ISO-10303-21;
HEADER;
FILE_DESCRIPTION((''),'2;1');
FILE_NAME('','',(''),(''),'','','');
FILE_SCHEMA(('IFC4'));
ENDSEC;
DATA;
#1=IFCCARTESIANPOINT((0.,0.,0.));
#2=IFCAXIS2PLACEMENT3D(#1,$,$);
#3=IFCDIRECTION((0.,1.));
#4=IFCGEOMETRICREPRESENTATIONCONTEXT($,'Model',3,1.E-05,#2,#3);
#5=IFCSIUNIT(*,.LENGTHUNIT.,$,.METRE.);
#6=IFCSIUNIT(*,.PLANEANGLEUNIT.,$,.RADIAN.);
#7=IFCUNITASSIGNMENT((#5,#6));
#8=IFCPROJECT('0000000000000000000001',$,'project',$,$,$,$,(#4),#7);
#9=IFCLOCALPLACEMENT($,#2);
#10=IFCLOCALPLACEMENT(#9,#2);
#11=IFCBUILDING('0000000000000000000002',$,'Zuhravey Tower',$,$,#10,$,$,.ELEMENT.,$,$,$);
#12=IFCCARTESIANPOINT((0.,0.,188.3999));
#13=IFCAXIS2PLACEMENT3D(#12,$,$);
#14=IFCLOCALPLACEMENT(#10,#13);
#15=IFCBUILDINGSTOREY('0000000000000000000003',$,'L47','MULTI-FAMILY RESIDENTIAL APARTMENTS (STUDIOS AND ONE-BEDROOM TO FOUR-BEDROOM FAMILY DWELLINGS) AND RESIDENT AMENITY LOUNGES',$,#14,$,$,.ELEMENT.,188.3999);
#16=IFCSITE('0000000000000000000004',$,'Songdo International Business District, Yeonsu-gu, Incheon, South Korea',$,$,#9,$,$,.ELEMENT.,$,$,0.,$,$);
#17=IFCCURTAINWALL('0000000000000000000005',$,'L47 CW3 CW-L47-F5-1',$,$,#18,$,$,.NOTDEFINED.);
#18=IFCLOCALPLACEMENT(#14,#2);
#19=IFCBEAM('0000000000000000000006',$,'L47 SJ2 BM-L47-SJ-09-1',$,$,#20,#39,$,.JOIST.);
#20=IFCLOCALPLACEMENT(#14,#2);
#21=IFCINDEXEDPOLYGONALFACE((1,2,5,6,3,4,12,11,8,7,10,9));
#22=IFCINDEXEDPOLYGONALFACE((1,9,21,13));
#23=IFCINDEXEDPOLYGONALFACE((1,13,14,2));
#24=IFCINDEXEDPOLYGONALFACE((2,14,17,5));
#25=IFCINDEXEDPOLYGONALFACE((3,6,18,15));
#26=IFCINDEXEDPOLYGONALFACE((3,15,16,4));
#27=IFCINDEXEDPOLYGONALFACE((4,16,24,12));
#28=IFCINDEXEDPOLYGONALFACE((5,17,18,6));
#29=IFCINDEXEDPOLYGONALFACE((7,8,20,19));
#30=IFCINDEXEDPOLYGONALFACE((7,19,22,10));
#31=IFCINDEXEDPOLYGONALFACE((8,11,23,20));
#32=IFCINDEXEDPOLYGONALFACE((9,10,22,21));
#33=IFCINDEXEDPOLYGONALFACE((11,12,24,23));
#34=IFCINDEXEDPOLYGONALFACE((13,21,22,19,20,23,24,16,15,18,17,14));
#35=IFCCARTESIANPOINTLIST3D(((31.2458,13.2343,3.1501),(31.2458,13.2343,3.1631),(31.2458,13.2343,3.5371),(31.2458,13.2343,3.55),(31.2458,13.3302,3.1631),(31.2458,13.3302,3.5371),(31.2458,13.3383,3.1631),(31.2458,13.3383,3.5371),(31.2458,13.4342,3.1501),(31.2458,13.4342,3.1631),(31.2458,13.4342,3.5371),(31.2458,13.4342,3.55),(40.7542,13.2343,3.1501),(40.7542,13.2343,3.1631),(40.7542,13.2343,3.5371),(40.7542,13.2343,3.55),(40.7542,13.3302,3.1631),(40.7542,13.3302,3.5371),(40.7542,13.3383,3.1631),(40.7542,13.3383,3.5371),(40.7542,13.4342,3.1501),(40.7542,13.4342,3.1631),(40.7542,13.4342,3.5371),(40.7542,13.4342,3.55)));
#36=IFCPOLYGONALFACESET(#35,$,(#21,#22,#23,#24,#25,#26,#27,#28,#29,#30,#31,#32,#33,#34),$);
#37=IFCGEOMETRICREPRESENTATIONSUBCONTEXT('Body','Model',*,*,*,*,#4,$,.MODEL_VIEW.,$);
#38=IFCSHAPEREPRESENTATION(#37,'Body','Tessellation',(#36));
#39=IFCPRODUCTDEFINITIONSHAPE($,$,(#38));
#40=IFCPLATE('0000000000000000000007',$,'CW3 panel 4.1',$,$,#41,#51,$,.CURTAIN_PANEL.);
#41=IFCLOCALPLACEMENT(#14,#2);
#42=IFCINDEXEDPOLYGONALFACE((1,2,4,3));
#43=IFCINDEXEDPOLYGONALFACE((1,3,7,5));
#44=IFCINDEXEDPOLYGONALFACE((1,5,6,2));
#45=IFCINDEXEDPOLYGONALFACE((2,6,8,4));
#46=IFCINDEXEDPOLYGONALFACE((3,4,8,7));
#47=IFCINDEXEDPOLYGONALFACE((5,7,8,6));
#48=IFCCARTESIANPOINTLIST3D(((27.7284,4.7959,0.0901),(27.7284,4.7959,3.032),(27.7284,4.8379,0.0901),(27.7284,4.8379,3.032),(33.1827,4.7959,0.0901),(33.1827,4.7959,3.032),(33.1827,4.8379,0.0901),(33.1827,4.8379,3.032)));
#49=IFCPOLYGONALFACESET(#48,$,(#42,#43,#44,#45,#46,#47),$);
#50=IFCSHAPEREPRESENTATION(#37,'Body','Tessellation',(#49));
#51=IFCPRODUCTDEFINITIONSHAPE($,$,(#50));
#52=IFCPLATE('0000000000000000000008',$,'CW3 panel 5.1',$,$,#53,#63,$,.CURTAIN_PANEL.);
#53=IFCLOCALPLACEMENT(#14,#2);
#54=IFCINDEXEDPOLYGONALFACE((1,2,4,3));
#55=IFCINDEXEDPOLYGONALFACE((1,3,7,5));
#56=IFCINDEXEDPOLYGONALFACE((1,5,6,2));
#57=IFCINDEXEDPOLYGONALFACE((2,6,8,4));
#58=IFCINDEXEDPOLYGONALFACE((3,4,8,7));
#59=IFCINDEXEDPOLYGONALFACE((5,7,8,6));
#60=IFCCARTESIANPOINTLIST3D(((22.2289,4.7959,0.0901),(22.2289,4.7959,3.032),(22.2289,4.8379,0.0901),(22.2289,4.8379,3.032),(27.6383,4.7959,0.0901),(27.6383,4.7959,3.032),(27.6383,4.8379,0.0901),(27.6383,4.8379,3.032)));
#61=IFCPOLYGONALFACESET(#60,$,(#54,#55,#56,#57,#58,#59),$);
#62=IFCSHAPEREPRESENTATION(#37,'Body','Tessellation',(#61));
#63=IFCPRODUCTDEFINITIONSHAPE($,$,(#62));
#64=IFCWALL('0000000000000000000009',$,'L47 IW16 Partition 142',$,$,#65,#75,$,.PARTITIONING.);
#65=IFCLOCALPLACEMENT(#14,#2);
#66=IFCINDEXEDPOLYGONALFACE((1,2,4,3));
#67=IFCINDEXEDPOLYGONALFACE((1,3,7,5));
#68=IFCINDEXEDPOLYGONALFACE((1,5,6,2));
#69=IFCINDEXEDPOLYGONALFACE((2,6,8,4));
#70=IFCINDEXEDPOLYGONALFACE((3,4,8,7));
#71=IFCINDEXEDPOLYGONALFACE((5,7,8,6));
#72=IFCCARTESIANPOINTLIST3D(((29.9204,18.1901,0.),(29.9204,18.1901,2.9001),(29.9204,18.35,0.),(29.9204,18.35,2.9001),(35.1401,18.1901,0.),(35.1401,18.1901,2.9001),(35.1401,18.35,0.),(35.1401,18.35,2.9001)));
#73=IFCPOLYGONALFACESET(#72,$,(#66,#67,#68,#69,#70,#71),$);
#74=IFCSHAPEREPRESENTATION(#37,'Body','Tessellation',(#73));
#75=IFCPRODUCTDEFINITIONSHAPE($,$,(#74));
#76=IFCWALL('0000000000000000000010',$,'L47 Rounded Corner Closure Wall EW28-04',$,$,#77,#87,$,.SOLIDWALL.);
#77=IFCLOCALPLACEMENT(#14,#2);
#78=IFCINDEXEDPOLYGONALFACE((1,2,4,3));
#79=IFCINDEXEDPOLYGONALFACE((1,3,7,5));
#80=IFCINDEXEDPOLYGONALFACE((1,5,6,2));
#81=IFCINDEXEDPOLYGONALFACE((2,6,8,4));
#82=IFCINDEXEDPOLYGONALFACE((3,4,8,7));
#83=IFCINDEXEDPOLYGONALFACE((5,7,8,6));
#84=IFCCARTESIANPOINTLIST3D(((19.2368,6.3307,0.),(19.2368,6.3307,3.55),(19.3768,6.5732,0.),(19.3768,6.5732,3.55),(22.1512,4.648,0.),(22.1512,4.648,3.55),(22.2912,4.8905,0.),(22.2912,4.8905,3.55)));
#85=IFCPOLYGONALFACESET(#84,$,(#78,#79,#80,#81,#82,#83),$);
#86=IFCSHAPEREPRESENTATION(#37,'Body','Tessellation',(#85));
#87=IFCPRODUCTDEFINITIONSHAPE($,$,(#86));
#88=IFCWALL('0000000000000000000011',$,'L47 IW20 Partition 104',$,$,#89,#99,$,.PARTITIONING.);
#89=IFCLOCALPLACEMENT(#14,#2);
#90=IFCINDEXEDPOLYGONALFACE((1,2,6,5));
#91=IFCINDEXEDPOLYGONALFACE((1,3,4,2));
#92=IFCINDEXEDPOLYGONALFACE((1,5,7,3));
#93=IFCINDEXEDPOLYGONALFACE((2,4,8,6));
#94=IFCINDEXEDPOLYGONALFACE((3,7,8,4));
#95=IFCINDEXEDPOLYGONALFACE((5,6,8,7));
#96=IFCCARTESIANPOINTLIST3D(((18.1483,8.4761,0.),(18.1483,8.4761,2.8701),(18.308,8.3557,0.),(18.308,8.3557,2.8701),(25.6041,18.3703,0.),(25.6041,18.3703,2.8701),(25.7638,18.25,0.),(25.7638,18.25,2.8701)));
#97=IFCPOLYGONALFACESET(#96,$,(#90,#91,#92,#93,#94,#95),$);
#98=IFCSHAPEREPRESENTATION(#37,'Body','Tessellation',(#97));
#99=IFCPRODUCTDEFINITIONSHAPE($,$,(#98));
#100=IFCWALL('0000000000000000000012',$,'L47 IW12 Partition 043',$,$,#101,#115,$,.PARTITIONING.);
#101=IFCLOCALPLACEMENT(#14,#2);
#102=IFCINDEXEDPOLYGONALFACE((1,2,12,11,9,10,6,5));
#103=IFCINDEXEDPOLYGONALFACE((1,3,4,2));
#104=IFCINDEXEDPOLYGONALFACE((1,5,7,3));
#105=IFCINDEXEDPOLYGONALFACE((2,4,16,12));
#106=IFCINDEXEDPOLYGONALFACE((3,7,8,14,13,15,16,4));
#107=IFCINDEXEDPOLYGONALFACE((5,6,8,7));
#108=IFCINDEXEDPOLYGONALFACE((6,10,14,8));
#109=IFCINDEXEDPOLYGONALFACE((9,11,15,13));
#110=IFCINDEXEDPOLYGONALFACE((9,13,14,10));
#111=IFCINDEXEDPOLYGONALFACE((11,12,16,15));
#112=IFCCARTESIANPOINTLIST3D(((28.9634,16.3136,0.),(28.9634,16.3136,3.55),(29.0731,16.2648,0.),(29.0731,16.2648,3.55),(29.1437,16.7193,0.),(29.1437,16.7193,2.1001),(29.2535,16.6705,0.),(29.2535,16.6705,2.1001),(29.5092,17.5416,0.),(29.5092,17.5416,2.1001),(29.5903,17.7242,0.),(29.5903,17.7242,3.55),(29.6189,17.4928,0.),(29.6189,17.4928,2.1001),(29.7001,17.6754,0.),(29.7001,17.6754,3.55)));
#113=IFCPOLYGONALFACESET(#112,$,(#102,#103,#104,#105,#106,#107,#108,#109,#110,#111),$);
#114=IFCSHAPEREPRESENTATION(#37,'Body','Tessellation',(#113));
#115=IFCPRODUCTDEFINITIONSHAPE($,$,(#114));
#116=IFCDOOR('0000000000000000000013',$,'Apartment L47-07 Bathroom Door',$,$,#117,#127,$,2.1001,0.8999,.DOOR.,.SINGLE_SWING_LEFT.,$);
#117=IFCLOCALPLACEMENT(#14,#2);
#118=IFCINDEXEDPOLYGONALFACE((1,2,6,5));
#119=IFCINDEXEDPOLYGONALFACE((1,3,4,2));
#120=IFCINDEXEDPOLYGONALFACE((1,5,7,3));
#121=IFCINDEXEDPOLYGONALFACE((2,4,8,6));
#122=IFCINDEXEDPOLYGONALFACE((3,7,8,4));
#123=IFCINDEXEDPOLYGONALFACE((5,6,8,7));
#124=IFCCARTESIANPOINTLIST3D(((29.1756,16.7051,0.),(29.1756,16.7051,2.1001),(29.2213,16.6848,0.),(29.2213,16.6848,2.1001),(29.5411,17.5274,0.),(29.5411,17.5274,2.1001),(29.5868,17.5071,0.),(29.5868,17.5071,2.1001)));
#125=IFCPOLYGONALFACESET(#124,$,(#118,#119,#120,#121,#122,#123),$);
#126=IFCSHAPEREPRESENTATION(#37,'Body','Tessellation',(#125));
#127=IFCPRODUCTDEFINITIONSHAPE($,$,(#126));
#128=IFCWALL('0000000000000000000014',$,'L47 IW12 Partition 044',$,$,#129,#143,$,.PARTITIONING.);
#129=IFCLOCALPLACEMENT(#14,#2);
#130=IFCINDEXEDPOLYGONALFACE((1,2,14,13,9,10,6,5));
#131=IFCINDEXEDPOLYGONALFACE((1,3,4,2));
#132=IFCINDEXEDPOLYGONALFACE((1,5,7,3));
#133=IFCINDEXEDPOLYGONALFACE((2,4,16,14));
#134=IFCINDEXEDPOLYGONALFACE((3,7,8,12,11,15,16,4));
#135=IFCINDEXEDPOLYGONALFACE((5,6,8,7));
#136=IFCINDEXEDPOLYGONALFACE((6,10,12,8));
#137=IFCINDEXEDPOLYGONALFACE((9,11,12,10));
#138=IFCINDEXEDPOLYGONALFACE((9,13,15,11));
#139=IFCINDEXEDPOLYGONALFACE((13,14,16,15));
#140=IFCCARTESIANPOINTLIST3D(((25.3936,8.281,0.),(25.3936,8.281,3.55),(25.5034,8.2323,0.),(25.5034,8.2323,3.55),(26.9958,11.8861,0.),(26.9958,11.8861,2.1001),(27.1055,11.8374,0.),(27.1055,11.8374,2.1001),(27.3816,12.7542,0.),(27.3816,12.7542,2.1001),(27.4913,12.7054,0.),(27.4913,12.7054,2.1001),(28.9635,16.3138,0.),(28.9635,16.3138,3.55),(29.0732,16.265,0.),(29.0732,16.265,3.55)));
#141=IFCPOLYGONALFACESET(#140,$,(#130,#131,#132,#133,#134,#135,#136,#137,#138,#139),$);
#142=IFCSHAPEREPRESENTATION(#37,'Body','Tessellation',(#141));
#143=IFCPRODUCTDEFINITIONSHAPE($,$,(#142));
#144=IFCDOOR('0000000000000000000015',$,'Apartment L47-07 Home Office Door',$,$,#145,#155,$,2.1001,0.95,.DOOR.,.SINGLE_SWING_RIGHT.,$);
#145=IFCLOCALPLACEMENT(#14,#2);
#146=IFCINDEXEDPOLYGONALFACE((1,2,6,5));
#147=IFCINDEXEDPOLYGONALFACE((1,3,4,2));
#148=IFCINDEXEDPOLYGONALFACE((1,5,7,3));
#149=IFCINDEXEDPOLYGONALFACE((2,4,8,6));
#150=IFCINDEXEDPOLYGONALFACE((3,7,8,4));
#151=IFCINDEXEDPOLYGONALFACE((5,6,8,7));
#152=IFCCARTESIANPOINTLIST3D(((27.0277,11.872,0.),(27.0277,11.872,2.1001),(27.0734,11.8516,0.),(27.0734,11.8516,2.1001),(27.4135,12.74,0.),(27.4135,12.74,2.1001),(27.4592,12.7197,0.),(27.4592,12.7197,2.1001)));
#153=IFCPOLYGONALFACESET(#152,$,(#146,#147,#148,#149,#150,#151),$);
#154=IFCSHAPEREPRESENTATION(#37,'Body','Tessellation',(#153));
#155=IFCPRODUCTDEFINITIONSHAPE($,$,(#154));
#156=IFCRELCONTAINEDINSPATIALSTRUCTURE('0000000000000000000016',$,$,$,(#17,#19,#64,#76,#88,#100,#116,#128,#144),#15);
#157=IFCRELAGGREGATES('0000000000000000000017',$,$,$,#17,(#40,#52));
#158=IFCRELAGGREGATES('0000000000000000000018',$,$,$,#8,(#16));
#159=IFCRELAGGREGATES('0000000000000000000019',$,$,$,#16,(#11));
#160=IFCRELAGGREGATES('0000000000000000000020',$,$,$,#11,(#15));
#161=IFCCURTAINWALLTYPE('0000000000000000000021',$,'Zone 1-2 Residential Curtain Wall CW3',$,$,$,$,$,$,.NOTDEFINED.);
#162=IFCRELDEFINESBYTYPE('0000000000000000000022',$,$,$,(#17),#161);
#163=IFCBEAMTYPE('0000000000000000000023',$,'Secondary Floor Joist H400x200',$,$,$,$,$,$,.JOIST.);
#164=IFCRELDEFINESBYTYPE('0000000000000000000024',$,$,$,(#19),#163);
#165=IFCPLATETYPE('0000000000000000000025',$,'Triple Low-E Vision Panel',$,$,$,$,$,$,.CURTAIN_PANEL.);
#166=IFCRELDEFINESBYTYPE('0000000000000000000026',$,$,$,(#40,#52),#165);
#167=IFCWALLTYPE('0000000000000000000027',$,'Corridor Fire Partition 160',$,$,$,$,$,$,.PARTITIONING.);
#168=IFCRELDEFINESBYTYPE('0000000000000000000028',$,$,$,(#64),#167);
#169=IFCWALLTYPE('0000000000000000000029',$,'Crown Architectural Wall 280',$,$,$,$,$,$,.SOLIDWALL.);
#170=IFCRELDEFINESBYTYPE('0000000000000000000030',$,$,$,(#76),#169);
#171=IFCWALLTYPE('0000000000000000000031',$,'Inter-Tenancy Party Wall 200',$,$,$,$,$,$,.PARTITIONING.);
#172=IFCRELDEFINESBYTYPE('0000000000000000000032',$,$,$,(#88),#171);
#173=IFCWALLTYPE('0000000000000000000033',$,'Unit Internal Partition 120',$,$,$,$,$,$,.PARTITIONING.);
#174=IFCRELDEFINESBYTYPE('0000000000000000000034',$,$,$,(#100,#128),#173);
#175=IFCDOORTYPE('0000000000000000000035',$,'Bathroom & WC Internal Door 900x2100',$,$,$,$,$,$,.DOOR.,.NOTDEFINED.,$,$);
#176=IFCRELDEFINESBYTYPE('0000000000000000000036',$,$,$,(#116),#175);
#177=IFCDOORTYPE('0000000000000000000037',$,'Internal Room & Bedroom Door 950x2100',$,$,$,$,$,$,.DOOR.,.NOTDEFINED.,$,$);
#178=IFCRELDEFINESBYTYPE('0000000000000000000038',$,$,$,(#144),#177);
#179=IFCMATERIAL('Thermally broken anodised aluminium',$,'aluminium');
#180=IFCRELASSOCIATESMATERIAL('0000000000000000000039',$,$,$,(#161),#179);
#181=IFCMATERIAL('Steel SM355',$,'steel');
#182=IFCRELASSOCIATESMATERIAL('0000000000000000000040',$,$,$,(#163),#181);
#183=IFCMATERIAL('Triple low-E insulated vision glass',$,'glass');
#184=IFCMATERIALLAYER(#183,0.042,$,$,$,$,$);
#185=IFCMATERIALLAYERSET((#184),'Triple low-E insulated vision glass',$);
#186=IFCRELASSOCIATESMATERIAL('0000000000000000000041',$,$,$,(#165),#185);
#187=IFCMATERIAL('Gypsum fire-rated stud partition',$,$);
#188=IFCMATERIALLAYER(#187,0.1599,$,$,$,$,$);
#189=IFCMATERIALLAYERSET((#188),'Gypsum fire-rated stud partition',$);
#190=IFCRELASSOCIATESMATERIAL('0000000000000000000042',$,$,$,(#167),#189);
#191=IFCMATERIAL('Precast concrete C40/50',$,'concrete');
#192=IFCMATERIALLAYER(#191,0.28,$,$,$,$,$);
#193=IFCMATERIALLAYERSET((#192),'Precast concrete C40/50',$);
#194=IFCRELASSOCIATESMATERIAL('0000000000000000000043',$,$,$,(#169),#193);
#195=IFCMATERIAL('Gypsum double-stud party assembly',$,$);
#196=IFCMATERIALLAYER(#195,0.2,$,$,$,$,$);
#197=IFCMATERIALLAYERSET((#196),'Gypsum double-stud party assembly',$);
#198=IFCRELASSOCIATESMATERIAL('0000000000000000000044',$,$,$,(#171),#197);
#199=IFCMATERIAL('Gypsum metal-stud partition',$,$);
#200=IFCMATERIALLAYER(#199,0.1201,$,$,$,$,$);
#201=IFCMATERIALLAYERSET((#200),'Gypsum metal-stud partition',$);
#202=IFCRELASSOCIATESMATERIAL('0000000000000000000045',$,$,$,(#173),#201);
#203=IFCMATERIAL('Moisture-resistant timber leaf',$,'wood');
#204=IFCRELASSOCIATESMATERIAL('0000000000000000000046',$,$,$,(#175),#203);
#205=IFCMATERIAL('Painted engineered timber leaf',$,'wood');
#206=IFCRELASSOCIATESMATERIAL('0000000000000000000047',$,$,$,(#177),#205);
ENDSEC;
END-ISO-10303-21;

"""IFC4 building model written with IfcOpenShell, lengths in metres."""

from ifc_helpers import new_model, si_unit, direction, frame, frame_2d, origin, origin_2d, place, context, subcontext, project, spatial, rectangle, i_section, extrude, material, layer, layer_set, material_profile, profile_set, type_object, element, fill, aggregate, save


model = new_model("IFC4")

# Units and contexts
model_context = context("Model", 3, precision=1e-05, world=origin(), true_north=direction((0.0, 1.0)))
body_context = subcontext(model_context, "Body", "Model", "MODEL_VIEW")
ifc_project = project(units=[si_unit("LENGTHUNIT", "METRE"), si_unit("PLANEANGLEUNIT", "RADIAN")], contexts=[model_context])

# Site, building, storey
site_placement = place(None, origin())
site = spatial("IfcSite", under=ifc_project, at=site_placement, Name="Songdo International Business District, Yeonsu-gu, Incheon, South Korea", CompositionType="ELEMENT", RefElevation=0.0)
building_placement = place(site_placement, origin())
building = spatial("IfcBuilding", under=site, at=building_placement, Name="Zuhravey Tower", CompositionType="ELEMENT")
storey_placement = place(building_placement, frame((0.0, 0.0, 188.3999)))
storey = spatial("IfcBuildingStorey", under=building, at=storey_placement, Name="L47", Description="MULTI-FAMILY RESIDENTIAL APARTMENTS (STUDIOS AND ONE-BEDROOM TO FOUR-BEDROOM FAMILY DWELLINGS) AND RESIDENT AMENITY LOUNGES", CompositionType="ELEMENT", Elevation=188.3999)

# Curtain wall
ifc_material_1 = material(Name="Thermally broken anodised aluminium", Category="aluminium")
curtain_wall_type = type_object("IfcCurtainWallType", Name="Zone 1-2 Residential Curtain Wall CW3", PredefinedType="NOTDEFINED", material=ifc_material_1)
curtain_wall_placement = place(storey_placement, origin())
curtain_wall = element("IfcCurtainWall", 1, at=curtain_wall_placement, inside=storey, type_object=curtain_wall_type, Name="L47 CW3 CW-L47-F5-1", PredefinedType="NOTDEFINED")

# Beam
ifc_material_2 = material(Name="Steel SM355", Category="steel")
ifc_material_profile_1 = material_profile(ifc_material_2, i_section(OverallWidth=0.2, OverallDepth=0.3999, WebThickness=0.0081, FlangeThickness=0.0129, at=origin_2d()), Name="H-400x200x8x13")
ifc_profile_set_1 = profile_set([ifc_material_profile_1], Name="Steel SM355")
beam_type_1 = type_object("IfcBeamType", Name="Secondary Floor Joist H400x200", PredefinedType="JOIST", material=ifc_profile_set_1)
beam_1_placement = place(storey_placement, frame((31.2458, 13.3342, 3.3501), z_axis=(1.0, 0.0, 0.0), x_axis=(0.0, 1.0, 0.0)))
element("IfcBeam", 2, at=beam_1_placement, inside=storey, type_object=beam_type_1, Name="L47 SJ2 BM-L47-SJ-09-1", PredefinedType="JOIST", context=body_context, shape_type="SweptSolid", body=[
    extrude(i_section(OverallWidth=0.2, OverallDepth=0.3999, WebThickness=0.0081, FlangeThickness=0.0129, at=origin_2d()), origin(), (0.0, 0.0, 1.0), 9.5083),
])

# Plates
ifc_material_3 = material(Name="Triple low-E insulated vision glass", Category="glass")
ifc_layer_1 = layer(ifc_material_3, 0.042)
ifc_layer_set_1 = layer_set([ifc_layer_1], Name="Triple low-E insulated vision glass")
plate_type = type_object("IfcPlateType", Name="Triple Low-E Vision Panel", PredefinedType="CURTAIN_PANEL", material=ifc_layer_set_1)
plate_1_placement = place(storey_placement, frame((30.4556, 4.8169, 0.0901), z_axis=(0.0, 0.0, 1.0), x_axis=(-1.0, 0.0, 0.0)))
plate_1 = element("IfcPlate", 3, at=plate_1_placement, type_object=plate_type, Name="CW3 panel 4.1", PredefinedType="CURTAIN_PANEL", context=body_context, shape_type="SweptSolid", body=[
    extrude(rectangle(XDim=5.4543, YDim=0.042, at=origin_2d()), origin(), (0.0, 0.0, 1.0), 2.9419),
])
plate_2_placement = place(storey_placement, frame((24.9336, 4.8169, 0.0901), z_axis=(0.0, 0.0, 1.0), x_axis=(-1.0, 0.0, 0.0)))
plate_2 = element("IfcPlate", 4, at=plate_2_placement, type_object=plate_type, Name="CW3 panel 5.1", PredefinedType="CURTAIN_PANEL", context=body_context, shape_type="SweptSolid", body=[
    extrude(rectangle(XDim=5.4094, YDim=0.042, at=origin_2d()), origin(), (0.0, 0.0, 1.0), 2.9419),
])
aggregate(curtain_wall, [plate_1, plate_2])

# Shared definitions
ifc_material_4 = material(Name="Gypsum fire-rated stud partition")
ifc_layer_2 = layer(ifc_material_4, 0.1599)
ifc_layer_set_2 = layer_set([ifc_layer_2], Name="Gypsum fire-rated stud partition")
wall_type_1 = type_object("IfcWallType", Name="Corridor Fire Partition 160", PredefinedType="PARTITIONING", material=ifc_layer_set_2)

# Walls
wall_1_placement = place(storey_placement, frame((29.9204, 18.27, 0.0), z_axis=(0.0, 0.0, 1.0), x_axis=(1.0, 0.0, 0.0)))
element("IfcWall", 5, at=wall_1_placement, inside=storey, type_object=wall_type_1, Name="L47 IW16 Partition 142", PredefinedType="PARTITIONING", context=body_context, shape_type="SweptSolid", body=[
    extrude(rectangle(XDim=5.2197, YDim=0.1599, at=frame_2d((2.6099, 0.0))), origin(), (0.0, 0.0, 1.0), 2.9001),
])
ifc_material_5 = material(Name="Precast concrete C40/50", Category="concrete")
ifc_layer_3 = layer(ifc_material_5, 0.28)
ifc_layer_set_3 = layer_set([ifc_layer_3], Name="Precast concrete C40/50")
wall_type_2 = type_object("IfcWallType", Name="Crown Architectural Wall 280", PredefinedType="SOLIDWALL", material=ifc_layer_set_3)
wall_2_placement = place(storey_placement, frame((22.2212, 4.7693, 0.0), z_axis=(0.0, 0.0, 1.0), x_axis=(-0.86602, 0.500009, 0.0)))
element("IfcWall", 6, at=wall_2_placement, inside=storey, type_object=wall_type_2, Name="L47 Rounded Corner Closure Wall EW28-04", PredefinedType="SOLIDWALL", context=body_context, shape_type="SweptSolid", body=[
    extrude(rectangle(XDim=3.3652, YDim=0.28, at=frame_2d((1.6826, 0.0))), origin(), (0.0, 0.0, 1.0), 3.55),
])
ifc_material_6 = material(Name="Gypsum double-stud party assembly")
ifc_layer_4 = layer(ifc_material_6, 0.2)
ifc_layer_set_4 = layer_set([ifc_layer_4], Name="Gypsum double-stud party assembly")
wall_type_3 = type_object("IfcWallType", Name="Inter-Tenancy Party Wall 200", PredefinedType="PARTITIONING", material=ifc_layer_set_4)
wall_3_placement = place(storey_placement, frame((25.6838, 18.3101, 0.0), z_axis=(0.0, 0.0, 1.0), x_axis=(-0.601811, -0.798638, 0.0)))
element("IfcWall", 7, at=wall_3_placement, inside=storey, type_object=wall_type_3, Name="L47 IW20 Partition 104", PredefinedType="PARTITIONING", context=body_context, shape_type="SweptSolid", body=[
    extrude(rectangle(XDim=12.3889, YDim=0.2, at=frame_2d((6.1943, 0.0))), origin(), (0.0, 0.0, 1.0), 2.8701),
])

# Walls, openings, doors
ifc_material_7 = material(Name="Gypsum metal-stud partition")
ifc_layer_5 = layer(ifc_material_7, 0.1201)
ifc_layer_set_5 = layer_set([ifc_layer_5], Name="Gypsum metal-stud partition")
wall_type_4 = type_object("IfcWallType", Name="Unit Internal Partition 120", PredefinedType="PARTITIONING", material=ifc_layer_set_5)
wall_4_placement = place(storey_placement, frame((29.6453, 17.7, 0.0), z_axis=(0.0, 0.0, 1.0), x_axis=(-0.406138, -0.913812, 0.0)))
wall_4 = element("IfcWall", 8, at=wall_4_placement, inside=storey, type_object=wall_type_4, Name="L47 IW12 Partition 043", PredefinedType="PARTITIONING", context=body_context, shape_type="SweptSolid", body=[
    extrude(rectangle(XDim=1.5437, YDim=0.1201, at=frame_2d((0.772, 0.0))), origin(), (0.0, 0.0, 1.0), 3.55),
])
opening_1_placement = place(wall_4_placement, frame((0.2, 0.0, 0.0)))
opening_1 = element("IfcOpeningElement", 9, at=opening_1_placement, cuts=wall_4, PredefinedType="OPENING", context=body_context, shape_type="SweptSolid", body=[
    extrude(rectangle(XDim=0.8999, YDim=2.1001, at=frame_2d((0.45, 1.05))), frame((0.0, 0.072, 0.0), z_axis=(0.0, -1.0, 0.0), x_axis=(1.0, 0.0, 0.0)), (0.0, 0.0, 1.0), 0.144),
])
ifc_material_8 = material(Name="Moisture-resistant timber leaf", Category="wood")
door_type_1 = type_object("IfcDoorType", Name="Bathroom & WC Internal Door 900x2100", OperationType="NOTDEFINED", PredefinedType="DOOR", material=ifc_material_8)
door_1_placement = place(opening_1_placement, origin())
door_1 = element("IfcDoor", 10, at=door_1_placement, inside=storey, type_object=door_type_1, Name="Apartment L47-07 Bathroom Door", OperationType="SINGLE_SWING_LEFT", OverallHeight=2.1001, OverallWidth=0.8999, PredefinedType="DOOR", context=body_context, shape_type="SweptSolid", body=[
    extrude(rectangle(XDim=0.8999, YDim=2.1001, at=frame_2d((0.45, 1.05))), frame((0.0, 0.0249, 0.0), z_axis=(0.0, -1.0, 0.0), x_axis=(1.0, 0.0, 0.0)), (0.0, 0.0, 1.0), 0.05),
])
fill(opening_1, door_1)
wall_5_placement = place(storey_placement, frame((29.0183, 16.2893, 0.0), z_axis=(0.0, 0.0, 1.0), x_axis=(-0.406113, -0.913823, 0.0)))
wall_5 = element("IfcWall", 11, at=wall_5_placement, inside=storey, type_object=wall_type_4, Name="L47 IW12 Partition 044", PredefinedType="PARTITIONING", context=body_context, shape_type="SweptSolid", body=[
    extrude(rectangle(XDim=8.7903, YDim=0.1201, at=frame_2d((4.395, 0.0))), origin(), (0.0, 0.0, 1.0), 3.55),
])
opening_2_placement = place(wall_5_placement, frame((3.895, 0.0, 0.0)))
opening_2 = element("IfcOpeningElement", 12, at=opening_2_placement, cuts=wall_5, PredefinedType="OPENING", context=body_context, shape_type="SweptSolid", body=[
    extrude(rectangle(XDim=0.95, YDim=2.1001, at=frame_2d((0.4751, 1.05))), frame((0.0, 0.072, 0.0), z_axis=(0.0, -1.0, 0.0), x_axis=(1.0, 0.0, 0.0)), (0.0, 0.0, 1.0), 0.144),
])
ifc_material_9 = material(Name="Painted engineered timber leaf", Category="wood")
door_type_2 = type_object("IfcDoorType", Name="Internal Room & Bedroom Door 950x2100", OperationType="NOTDEFINED", PredefinedType="DOOR", material=ifc_material_9)
door_2_placement = place(opening_2_placement, origin())
door_2 = element("IfcDoor", 13, at=door_2_placement, inside=storey, type_object=door_type_2, Name="Apartment L47-07 Home Office Door", OperationType="SINGLE_SWING_RIGHT", OverallHeight=2.1001, OverallWidth=0.95, PredefinedType="DOOR", context=body_context, shape_type="SweptSolid", body=[
    extrude(rectangle(XDim=0.95, YDim=2.1001, at=frame_2d((0.4751, 1.05))), frame((0.0, 0.0249, 0.0), z_axis=(0.0, -1.0, 0.0), x_axis=(1.0, 0.0, 0.0)), (0.0, 0.0, 1.0), 0.05),
])
fill(opening_2, door_2)

save(model, "model.ifc")
